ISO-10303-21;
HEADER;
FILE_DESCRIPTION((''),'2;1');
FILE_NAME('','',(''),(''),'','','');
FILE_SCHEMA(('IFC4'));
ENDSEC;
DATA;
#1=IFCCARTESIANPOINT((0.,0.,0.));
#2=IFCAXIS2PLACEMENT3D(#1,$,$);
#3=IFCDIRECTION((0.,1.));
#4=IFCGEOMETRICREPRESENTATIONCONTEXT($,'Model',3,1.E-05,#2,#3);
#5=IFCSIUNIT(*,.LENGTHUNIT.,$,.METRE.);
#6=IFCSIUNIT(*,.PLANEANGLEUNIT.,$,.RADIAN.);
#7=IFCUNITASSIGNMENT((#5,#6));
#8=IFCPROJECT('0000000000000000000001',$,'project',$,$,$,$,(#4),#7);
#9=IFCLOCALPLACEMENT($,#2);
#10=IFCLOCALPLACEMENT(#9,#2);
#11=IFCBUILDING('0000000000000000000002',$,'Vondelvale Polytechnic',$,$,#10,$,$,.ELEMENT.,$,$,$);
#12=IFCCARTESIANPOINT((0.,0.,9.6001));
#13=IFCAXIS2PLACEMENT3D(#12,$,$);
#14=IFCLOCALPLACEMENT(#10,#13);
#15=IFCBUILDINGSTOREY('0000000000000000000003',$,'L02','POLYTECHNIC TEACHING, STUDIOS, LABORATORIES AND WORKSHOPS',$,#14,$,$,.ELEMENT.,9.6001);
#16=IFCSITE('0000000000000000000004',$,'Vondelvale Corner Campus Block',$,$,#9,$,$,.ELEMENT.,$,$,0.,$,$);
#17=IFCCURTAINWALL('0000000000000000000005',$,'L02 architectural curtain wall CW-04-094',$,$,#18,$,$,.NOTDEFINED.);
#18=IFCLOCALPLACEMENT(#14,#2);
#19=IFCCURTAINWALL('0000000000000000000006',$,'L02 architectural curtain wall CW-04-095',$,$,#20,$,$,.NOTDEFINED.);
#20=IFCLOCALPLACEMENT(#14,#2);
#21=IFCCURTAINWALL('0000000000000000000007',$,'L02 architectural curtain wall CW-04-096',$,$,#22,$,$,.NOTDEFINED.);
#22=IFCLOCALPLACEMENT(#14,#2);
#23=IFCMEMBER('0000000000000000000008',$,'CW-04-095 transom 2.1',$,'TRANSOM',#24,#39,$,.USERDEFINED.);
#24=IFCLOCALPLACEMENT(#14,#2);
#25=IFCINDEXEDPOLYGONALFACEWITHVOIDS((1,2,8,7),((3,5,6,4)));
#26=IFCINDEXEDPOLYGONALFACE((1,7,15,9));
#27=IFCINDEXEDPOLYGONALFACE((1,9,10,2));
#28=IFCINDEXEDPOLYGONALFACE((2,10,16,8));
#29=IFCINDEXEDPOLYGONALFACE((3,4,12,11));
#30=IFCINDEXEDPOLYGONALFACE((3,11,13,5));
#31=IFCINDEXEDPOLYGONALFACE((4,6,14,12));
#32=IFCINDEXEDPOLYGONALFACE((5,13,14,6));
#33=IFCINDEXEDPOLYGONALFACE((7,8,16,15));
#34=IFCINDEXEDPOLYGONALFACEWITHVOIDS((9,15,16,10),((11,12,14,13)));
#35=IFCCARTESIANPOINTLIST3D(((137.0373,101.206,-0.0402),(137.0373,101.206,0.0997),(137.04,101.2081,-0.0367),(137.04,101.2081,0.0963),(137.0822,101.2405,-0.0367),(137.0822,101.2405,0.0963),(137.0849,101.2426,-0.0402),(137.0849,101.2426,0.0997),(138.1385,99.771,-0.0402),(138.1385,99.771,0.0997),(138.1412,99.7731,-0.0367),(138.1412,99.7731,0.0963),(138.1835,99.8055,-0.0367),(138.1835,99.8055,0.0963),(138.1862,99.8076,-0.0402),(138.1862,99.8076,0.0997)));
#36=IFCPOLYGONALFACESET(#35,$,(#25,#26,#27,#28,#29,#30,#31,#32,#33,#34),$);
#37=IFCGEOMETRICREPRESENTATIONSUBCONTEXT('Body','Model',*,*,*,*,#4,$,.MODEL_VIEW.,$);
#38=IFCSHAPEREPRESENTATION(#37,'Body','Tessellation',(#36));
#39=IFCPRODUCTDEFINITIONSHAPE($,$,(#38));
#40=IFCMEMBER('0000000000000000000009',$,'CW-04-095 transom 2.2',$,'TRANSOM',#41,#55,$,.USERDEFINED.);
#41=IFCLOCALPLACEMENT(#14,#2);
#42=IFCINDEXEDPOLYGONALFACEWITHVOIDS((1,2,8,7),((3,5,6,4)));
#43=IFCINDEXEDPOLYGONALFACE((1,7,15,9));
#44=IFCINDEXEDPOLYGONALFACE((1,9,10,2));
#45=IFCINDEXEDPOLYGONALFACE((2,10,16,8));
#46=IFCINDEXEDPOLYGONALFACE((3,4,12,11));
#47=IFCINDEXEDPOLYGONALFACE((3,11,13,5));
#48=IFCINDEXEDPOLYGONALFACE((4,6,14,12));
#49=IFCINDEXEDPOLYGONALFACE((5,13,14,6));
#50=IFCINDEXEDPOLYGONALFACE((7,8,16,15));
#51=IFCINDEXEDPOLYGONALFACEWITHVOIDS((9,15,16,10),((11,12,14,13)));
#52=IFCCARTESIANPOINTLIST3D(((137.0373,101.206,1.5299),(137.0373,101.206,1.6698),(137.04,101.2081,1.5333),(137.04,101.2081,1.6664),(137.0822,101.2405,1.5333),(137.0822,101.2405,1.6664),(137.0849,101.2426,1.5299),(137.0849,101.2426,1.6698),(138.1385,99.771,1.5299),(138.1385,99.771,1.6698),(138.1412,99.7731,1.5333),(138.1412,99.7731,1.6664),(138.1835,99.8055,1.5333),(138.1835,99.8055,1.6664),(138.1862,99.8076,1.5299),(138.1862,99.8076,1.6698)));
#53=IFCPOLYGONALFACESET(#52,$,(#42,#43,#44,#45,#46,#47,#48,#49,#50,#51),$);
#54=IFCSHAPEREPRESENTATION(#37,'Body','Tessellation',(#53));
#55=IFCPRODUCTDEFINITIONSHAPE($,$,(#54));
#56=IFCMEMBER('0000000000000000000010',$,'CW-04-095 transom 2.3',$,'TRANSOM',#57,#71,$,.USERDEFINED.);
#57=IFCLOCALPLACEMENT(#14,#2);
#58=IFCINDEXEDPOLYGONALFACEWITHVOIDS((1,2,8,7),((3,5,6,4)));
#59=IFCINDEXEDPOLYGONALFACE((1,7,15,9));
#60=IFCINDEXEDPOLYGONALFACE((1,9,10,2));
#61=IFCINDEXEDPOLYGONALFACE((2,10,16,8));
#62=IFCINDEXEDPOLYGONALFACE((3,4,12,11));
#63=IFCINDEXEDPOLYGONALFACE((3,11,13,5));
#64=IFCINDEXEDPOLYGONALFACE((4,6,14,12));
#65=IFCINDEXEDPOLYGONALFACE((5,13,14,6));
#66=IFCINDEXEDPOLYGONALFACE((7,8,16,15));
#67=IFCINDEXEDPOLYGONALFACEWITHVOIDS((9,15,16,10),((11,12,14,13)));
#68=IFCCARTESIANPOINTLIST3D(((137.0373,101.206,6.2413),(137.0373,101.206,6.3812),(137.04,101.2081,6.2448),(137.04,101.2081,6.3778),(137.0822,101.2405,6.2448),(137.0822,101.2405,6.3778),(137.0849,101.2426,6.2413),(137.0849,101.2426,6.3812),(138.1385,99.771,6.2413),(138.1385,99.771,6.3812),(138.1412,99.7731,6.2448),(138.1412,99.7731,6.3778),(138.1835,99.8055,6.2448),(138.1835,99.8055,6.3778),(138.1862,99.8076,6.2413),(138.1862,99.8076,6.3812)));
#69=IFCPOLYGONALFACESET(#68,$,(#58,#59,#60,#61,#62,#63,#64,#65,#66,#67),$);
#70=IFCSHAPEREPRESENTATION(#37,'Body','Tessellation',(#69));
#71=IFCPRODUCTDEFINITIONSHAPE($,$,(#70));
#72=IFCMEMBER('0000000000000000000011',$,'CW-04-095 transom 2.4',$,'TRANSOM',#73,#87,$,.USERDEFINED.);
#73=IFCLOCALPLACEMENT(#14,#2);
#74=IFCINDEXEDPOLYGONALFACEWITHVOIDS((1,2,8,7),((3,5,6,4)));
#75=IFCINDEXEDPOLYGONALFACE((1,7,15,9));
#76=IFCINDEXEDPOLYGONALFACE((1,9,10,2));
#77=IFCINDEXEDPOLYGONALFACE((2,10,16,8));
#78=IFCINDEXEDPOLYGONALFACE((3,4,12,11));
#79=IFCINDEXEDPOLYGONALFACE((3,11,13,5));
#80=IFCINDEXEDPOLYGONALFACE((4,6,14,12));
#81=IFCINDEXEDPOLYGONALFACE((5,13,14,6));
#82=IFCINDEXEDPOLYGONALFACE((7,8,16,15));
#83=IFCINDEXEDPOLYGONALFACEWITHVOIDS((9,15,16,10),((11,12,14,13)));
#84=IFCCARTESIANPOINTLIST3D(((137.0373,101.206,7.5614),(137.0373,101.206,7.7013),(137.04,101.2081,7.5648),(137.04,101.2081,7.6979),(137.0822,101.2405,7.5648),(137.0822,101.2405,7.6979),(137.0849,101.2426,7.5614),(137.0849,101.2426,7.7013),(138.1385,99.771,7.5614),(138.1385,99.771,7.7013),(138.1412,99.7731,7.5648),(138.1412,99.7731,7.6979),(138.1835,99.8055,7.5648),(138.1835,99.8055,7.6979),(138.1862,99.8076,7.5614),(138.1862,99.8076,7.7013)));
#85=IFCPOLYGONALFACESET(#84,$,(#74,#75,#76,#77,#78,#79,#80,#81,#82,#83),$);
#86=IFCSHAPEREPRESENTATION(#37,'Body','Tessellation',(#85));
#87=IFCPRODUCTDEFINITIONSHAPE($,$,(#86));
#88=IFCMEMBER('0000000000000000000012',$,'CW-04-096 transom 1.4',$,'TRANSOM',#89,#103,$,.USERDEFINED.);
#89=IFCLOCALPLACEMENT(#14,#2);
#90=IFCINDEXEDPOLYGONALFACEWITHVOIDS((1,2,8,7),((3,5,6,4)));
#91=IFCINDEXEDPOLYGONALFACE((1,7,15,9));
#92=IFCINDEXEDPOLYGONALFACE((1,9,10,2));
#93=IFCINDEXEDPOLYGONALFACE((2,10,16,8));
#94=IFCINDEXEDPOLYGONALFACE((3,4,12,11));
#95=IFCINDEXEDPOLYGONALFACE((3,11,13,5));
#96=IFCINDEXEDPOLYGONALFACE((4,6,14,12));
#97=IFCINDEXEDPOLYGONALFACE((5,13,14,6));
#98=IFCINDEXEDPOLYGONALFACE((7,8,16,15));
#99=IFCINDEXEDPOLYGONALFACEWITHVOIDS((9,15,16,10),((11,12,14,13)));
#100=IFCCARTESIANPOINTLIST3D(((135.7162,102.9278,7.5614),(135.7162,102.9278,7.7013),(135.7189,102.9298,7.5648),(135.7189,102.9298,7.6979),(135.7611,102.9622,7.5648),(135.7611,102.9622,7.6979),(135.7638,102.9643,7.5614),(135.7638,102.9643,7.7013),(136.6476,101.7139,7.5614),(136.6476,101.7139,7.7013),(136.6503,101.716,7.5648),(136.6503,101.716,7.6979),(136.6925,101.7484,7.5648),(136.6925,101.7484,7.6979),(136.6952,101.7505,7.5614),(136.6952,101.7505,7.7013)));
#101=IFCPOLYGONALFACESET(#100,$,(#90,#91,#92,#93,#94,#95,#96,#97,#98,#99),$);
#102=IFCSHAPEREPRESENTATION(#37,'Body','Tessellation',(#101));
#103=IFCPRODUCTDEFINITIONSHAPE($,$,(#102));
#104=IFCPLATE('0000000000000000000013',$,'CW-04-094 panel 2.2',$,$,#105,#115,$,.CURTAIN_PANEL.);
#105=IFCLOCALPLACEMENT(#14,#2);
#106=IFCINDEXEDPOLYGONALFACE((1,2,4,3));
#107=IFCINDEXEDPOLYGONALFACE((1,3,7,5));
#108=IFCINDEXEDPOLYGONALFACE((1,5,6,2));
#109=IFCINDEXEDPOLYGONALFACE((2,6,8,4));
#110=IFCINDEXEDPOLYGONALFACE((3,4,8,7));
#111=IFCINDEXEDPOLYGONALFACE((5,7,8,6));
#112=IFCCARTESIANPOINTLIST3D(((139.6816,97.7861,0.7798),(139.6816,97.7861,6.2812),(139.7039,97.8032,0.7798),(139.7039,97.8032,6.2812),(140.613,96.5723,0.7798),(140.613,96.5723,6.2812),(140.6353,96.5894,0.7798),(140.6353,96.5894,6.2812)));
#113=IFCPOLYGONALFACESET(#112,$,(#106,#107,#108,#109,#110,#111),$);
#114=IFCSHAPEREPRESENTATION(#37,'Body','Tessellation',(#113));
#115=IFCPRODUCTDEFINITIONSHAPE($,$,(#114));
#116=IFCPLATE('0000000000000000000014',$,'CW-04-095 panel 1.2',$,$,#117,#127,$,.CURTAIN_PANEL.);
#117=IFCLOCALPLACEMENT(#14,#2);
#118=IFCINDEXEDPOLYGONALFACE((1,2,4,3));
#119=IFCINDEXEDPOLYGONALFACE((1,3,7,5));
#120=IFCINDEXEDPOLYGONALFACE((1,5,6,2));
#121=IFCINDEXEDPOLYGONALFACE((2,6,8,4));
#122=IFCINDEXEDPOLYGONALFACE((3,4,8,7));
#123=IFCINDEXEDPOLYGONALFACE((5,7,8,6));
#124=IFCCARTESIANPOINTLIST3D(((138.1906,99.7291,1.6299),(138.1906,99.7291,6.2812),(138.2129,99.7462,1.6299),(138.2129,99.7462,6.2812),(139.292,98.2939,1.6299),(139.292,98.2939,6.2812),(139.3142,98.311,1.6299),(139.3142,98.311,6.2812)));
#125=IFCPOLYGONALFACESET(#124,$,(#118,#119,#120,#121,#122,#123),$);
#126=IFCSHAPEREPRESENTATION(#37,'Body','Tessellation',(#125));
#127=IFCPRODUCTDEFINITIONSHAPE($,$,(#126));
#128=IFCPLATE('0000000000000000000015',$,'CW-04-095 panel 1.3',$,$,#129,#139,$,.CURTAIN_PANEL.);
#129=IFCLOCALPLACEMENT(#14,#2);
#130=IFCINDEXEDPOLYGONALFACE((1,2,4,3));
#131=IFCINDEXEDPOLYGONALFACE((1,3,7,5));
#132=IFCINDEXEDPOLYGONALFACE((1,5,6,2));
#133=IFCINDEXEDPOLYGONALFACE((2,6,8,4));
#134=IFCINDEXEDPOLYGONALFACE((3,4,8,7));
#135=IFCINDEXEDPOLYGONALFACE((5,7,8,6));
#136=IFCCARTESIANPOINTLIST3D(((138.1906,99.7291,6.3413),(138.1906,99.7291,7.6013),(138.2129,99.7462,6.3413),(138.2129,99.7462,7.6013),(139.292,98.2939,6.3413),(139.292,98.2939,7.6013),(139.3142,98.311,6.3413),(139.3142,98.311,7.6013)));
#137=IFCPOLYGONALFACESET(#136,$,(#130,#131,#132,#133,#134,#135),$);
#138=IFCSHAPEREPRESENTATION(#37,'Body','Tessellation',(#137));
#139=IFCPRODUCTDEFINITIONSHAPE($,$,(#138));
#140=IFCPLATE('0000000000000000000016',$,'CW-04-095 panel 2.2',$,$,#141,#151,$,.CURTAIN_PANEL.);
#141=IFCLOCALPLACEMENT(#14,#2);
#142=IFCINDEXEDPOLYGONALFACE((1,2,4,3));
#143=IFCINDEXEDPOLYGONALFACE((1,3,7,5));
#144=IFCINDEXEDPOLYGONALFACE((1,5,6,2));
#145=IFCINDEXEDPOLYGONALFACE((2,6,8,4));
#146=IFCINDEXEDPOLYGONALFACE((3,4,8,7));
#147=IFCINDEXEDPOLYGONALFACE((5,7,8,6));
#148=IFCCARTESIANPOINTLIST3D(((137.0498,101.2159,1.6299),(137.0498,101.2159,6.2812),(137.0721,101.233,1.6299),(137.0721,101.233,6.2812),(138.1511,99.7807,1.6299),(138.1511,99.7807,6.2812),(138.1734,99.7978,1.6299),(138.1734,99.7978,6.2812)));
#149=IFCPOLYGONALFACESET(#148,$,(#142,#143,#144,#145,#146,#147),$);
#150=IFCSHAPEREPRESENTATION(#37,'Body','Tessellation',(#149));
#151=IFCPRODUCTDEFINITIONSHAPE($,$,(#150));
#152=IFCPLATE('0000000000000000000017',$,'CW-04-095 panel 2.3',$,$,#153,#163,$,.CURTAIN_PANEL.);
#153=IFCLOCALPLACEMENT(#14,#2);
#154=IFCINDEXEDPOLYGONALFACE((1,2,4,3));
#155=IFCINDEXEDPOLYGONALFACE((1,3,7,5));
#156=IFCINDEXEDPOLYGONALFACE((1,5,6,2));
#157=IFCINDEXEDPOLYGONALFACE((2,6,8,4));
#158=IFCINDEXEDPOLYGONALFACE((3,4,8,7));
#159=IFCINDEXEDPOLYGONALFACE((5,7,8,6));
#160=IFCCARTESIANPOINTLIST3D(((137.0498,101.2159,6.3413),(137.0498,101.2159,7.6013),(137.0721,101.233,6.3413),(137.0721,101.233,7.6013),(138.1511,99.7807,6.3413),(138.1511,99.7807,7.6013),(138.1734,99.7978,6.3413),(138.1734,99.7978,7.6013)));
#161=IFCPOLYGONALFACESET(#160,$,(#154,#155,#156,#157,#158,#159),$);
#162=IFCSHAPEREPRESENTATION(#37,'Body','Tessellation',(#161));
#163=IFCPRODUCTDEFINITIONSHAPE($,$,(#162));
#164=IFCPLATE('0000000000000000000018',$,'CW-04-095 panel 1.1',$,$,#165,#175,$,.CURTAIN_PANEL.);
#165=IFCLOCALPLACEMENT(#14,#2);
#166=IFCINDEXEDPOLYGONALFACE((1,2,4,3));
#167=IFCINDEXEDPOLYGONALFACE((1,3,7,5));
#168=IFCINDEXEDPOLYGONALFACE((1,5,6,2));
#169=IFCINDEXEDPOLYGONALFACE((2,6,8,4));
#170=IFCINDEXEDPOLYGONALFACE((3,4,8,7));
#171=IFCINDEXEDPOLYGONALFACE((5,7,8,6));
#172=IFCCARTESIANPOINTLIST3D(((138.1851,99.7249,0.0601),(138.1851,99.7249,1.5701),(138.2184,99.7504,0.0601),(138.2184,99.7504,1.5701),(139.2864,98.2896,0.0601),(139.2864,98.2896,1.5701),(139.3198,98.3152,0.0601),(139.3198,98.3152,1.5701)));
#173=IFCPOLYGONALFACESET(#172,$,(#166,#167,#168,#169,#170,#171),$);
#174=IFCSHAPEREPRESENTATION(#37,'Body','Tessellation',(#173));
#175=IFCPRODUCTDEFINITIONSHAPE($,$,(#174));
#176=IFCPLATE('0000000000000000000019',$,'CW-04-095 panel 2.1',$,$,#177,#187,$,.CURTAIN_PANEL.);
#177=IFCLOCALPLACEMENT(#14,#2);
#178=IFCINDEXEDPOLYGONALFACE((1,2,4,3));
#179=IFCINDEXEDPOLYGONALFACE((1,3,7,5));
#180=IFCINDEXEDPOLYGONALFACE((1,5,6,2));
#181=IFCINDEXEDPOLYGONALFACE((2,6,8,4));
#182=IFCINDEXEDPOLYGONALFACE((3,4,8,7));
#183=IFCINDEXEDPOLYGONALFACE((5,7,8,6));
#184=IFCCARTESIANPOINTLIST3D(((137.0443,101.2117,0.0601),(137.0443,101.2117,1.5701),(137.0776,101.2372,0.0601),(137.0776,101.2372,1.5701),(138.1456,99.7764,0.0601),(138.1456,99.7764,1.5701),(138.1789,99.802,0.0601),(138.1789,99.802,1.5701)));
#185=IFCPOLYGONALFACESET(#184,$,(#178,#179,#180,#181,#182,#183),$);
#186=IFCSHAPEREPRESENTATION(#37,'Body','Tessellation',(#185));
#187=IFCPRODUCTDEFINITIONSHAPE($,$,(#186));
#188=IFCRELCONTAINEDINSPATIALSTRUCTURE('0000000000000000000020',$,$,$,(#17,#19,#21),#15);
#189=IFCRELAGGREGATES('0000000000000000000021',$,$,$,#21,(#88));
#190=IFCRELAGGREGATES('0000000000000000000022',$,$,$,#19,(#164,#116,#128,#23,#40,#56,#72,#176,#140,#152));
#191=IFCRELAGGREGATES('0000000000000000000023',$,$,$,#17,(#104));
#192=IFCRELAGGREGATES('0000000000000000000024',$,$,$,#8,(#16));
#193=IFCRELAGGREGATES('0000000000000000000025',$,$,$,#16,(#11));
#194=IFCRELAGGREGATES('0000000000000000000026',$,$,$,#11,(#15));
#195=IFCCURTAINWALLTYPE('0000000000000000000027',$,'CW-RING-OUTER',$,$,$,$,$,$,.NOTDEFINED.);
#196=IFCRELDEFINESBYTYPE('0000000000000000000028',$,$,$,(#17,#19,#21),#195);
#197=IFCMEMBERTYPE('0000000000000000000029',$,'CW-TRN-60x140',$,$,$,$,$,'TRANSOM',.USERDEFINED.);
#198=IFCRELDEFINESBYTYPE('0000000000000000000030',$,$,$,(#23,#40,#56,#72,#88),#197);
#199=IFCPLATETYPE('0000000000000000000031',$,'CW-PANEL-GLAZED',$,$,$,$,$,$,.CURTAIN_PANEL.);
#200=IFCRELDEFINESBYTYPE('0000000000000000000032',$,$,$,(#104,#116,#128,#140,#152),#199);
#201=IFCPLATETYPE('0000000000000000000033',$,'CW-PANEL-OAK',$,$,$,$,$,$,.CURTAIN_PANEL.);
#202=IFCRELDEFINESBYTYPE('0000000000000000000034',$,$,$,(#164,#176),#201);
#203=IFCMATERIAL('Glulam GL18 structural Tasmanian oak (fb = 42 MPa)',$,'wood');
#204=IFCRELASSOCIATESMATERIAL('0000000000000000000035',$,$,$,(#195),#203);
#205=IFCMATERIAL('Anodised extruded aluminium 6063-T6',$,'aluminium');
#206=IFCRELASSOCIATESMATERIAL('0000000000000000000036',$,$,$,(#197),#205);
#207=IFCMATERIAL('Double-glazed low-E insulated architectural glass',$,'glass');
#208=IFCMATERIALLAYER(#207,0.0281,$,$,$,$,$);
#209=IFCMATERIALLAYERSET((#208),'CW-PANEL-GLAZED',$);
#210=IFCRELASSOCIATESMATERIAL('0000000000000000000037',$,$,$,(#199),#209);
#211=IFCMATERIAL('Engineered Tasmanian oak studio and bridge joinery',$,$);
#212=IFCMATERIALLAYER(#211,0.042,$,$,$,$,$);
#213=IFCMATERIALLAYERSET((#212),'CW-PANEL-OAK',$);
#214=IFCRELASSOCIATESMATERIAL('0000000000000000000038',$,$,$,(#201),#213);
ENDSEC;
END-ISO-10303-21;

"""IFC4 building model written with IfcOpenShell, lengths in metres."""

from ifc_helpers import new_model, si_unit, direction, frame, origin, origin_2d, place, context, subcontext, project, spatial, rectangle, hollow_rectangle, extrude, material, layer, layer_set, material_profile, profile_set, type_object, element, aggregate, save


model = new_model("IFC4")

# Units and contexts
model_context = context("Model", 3, precision=1e-05, world=origin(), true_north=direction((0.0, 1.0)))
body_context = subcontext(model_context, "Body", "Model", "MODEL_VIEW")
ifc_project = project(units=[si_unit("LENGTHUNIT", "METRE"), si_unit("PLANEANGLEUNIT", "RADIAN")], contexts=[model_context])

# Site, building, storey
site_placement = place(None, origin())
site = spatial("IfcSite", under=ifc_project, at=site_placement, Name="Vondelvale Corner Campus Block", CompositionType="ELEMENT", RefElevation=0.0)
building_placement = place(site_placement, origin())
building = spatial("IfcBuilding", under=site, at=building_placement, Name="Vondelvale Polytechnic", CompositionType="ELEMENT")
storey_placement = place(building_placement, frame((0.0, 0.0, 9.6001)))
storey = spatial("IfcBuildingStorey", under=building, at=storey_placement, Name="L02", Description="POLYTECHNIC TEACHING, STUDIOS, LABORATORIES AND WORKSHOPS", CompositionType="ELEMENT", Elevation=9.6001)

# Shared definitions
ifc_material_1 = material(Name="Glulam GL18 structural Tasmanian oak (fb = 42 MPa)", Category="wood")

# Curtain wall
curtain_wall_type = type_object("IfcCurtainWallType", Name="CW-RING-OUTER", PredefinedType="NOTDEFINED", material=ifc_material_1)
curtain_wall_1_placement = place(storey_placement, origin())
curtain_wall_1 = element("IfcCurtainWall", 1, at=curtain_wall_1_placement, inside=storey, type_object=curtain_wall_type, Name="L02 architectural curtain wall CW-04-094", PredefinedType="NOTDEFINED")
ifc_material_2 = material(Name="Anodised extruded aluminium 6063-T6", Category="aluminium")

# Curtain wall
curtain_wall_2_placement = place(storey_placement, origin())
curtain_wall_2 = element("IfcCurtainWall", 2, at=curtain_wall_2_placement, inside=storey, type_object=curtain_wall_type, Name="L02 architectural curtain wall CW-04-095", PredefinedType="NOTDEFINED")

# Curtain wall
curtain_wall_3_placement = place(storey_placement, origin())
curtain_wall_3 = element("IfcCurtainWall", 3, at=curtain_wall_3_placement, inside=storey, type_object=curtain_wall_type, Name="L02 architectural curtain wall CW-04-096", PredefinedType="NOTDEFINED")

# Members
ifc_material_profile_1 = material_profile(ifc_material_2, hollow_rectangle(XDim=0.0601, YDim=0.1399, WallThickness=0.0034, at=origin_2d()), Name="CW-TRN-140x60")
ifc_profile_set_1 = profile_set([ifc_material_profile_1], Name="Anodised extruded aluminium 6063-T6")
member_type_1 = type_object("IfcMemberType", Name="CW-TRN-60x140", ElementType="TRANSOM", PredefinedType="USERDEFINED", material=ifc_profile_set_1)
member_1_placement = place(storey_placement, frame((138.1624, 99.7893, 0.0298), z_axis=(-0.608817, 0.793311, 0.0), x_axis=(-0.793311, -0.608817, 0.0)))
member_1 = element("IfcMember", 4, at=member_1_placement, type_object=member_type_1, Name="CW-04-095 transom 2.1", ObjectType="TRANSOM", PredefinedType="USERDEFINED", context=body_context, shape_type="SweptSolid", body=[
    extrude(hollow_rectangle(XDim=0.0601, YDim=0.1399, WallThickness=0.0034, at=origin_2d()), origin(), (0.0, 0.0, 1.0), 1.8088),
])
member_2_placement = place(storey_placement, frame((138.1624, 99.7893, 1.5999), z_axis=(-0.608817, 0.793311, 0.0), x_axis=(-0.793311, -0.608817, 0.0)))
member_2 = element("IfcMember", 5, at=member_2_placement, type_object=member_type_1, Name="CW-04-095 transom 2.2", ObjectType="TRANSOM", PredefinedType="USERDEFINED", context=body_context, shape_type="SweptSolid", body=[
    extrude(hollow_rectangle(XDim=0.0601, YDim=0.1399, WallThickness=0.0034, at=origin_2d()), origin(), (0.0, 0.0, 1.0), 1.8088),
])
member_3_placement = place(storey_placement, frame((138.1624, 99.7893, 6.3113), z_axis=(-0.608817, 0.793311, 0.0), x_axis=(-0.793311, -0.608817, 0.0)))
member_3 = element("IfcMember", 6, at=member_3_placement, type_object=member_type_1, Name="CW-04-095 transom 2.3", ObjectType="TRANSOM", PredefinedType="USERDEFINED", context=body_context, shape_type="SweptSolid", body=[
    extrude(hollow_rectangle(XDim=0.0601, YDim=0.1399, WallThickness=0.0034, at=origin_2d()), origin(), (0.0, 0.0, 1.0), 1.8088),
])
member_4_placement = place(storey_placement, frame((138.1624, 99.7893, 7.6313), z_axis=(-0.608817, 0.793311, 0.0), x_axis=(-0.793311, -0.608817, 0.0)))
member_4 = element("IfcMember", 7, at=member_4_placement, type_object=member_type_1, Name="CW-04-095 transom 2.4", ObjectType="TRANSOM", PredefinedType="USERDEFINED", context=body_context, shape_type="SweptSolid", body=[
    extrude(hollow_rectangle(XDim=0.0601, YDim=0.1399, WallThickness=0.0034, at=origin_2d()), origin(), (0.0, 0.0, 1.0), 1.8088),
])
member_5_placement = place(storey_placement, frame((136.6714, 101.7322, 7.6313), z_axis=(-0.608746, 0.793365, 0.0), x_axis=(-0.793365, -0.608746, 0.0)))
member_5 = element("IfcMember", 8, at=member_5_placement, type_object=member_type_1, Name="CW-04-096 transom 1.4", ObjectType="TRANSOM", PredefinedType="USERDEFINED", context=body_context, shape_type="SweptSolid", body=[
    extrude(hollow_rectangle(XDim=0.0601, YDim=0.1399, WallThickness=0.0034, at=origin_2d()), origin(), (0.0, 0.0, 1.0), 1.53),
])
aggregate(curtain_wall_3, [member_5])

# Plates
ifc_material_3 = material(Name="Double-glazed low-E insulated architectural glass", Category="glass")
ifc_layer_1 = layer(ifc_material_3, 0.0281)
ifc_layer_set_1 = layer_set([ifc_layer_1], Name="CW-PANEL-GLAZED")
plate_type_1 = type_object("IfcPlateType", Name="CW-PANEL-GLAZED", PredefinedType="CURTAIN_PANEL", material=ifc_layer_set_1)
plate_1_placement = place(storey_placement, frame((140.1584, 97.1877, 0.7798), z_axis=(0.0, 0.0, 1.0), x_axis=(-0.608787, 0.793334, 0.0)))
plate_1 = element("IfcPlate", 9, at=plate_1_placement, type_object=plate_type_1, Name="CW-04-094 panel 2.2", PredefinedType="CURTAIN_PANEL", context=body_context, shape_type="SweptSolid", body=[
    extrude(rectangle(XDim=1.53, YDim=0.0281, at=origin_2d()), origin(), (0.0, 0.0, 1.0), 5.5015),
])
plate_2_placement = place(storey_placement, frame((138.7524, 99.02, 1.6299), z_axis=(0.0, 0.0, 1.0), x_axis=(-0.608771, 0.793346, 0.0)))
plate_2 = element("IfcPlate", 10, at=plate_2_placement, type_object=plate_type_1, Name="CW-04-095 panel 1.2", PredefinedType="CURTAIN_PANEL", context=body_context, shape_type="SweptSolid", body=[
    extrude(rectangle(XDim=1.8091, YDim=0.0281, at=origin_2d()), origin(), (0.0, 0.0, 1.0), 4.6514),
])
plate_3_placement = place(storey_placement, frame((138.7524, 99.02, 6.3413), z_axis=(0.0, 0.0, 1.0), x_axis=(-0.608771, 0.793346, 0.0)))
plate_3 = element("IfcPlate", 11, at=plate_3_placement, type_object=plate_type_1, Name="CW-04-095 panel 1.3", PredefinedType="CURTAIN_PANEL", context=body_context, shape_type="SweptSolid", body=[
    extrude(rectangle(XDim=1.8091, YDim=0.0281, at=origin_2d()), origin(), (0.0, 0.0, 1.0), 1.26),
])
plate_4_placement = place(storey_placement, frame((137.6116, 100.5068, 1.6299), z_axis=(0.0, 0.0, 1.0), x_axis=(-0.608771, 0.793346, 0.0)))
plate_4 = element("IfcPlate", 12, at=plate_4_placement, type_object=plate_type_1, Name="CW-04-095 panel 2.2", PredefinedType="CURTAIN_PANEL", context=body_context, shape_type="SweptSolid", body=[
    extrude(rectangle(XDim=1.8091, YDim=0.0281, at=origin_2d()), origin(), (0.0, 0.0, 1.0), 4.6514),
])
plate_5_placement = place(storey_placement, frame((137.6116, 100.5068, 6.3413), z_axis=(0.0, 0.0, 1.0), x_axis=(-0.608771, 0.793346, 0.0)))
plate_5 = element("IfcPlate", 13, at=plate_5_placement, type_object=plate_type_1, Name="CW-04-095 panel 2.3", PredefinedType="CURTAIN_PANEL", context=body_context, shape_type="SweptSolid", body=[
    extrude(rectangle(XDim=1.8091, YDim=0.0281, at=origin_2d()), origin(), (0.0, 0.0, 1.0), 1.26),
])
ifc_material_4 = material(Name="Engineered Tasmanian oak studio and bridge joinery")
ifc_layer_2 = layer(ifc_material_4, 0.042)
ifc_layer_set_2 = layer_set([ifc_layer_2], Name="CW-PANEL-OAK")
plate_type_2 = type_object("IfcPlateType", Name="CW-PANEL-OAK", PredefinedType="CURTAIN_PANEL", material=ifc_layer_set_2)
plate_6_placement = place(storey_placement, frame((138.7524, 99.02, 0.0601), z_axis=(0.0, 0.0, 1.0), x_axis=(-0.608771, 0.793346, 0.0)))
plate_6 = element("IfcPlate", 14, at=plate_6_placement, type_object=plate_type_2, Name="CW-04-095 panel 1.1", PredefinedType="CURTAIN_PANEL", context=body_context, shape_type="SweptSolid", body=[
    extrude(rectangle(XDim=1.8091, YDim=0.042, at=origin_2d()), origin(), (0.0, 0.0, 1.0), 1.51),
])
plate_7_placement = place(storey_placement, frame((137.6116, 100.5068, 0.0601), z_axis=(0.0, 0.0, 1.0), x_axis=(-0.608771, 0.793346, 0.0)))
plate_7 = element("IfcPlate", 15, at=plate_7_placement, type_object=plate_type_2, Name="CW-04-095 panel 2.1", PredefinedType="CURTAIN_PANEL", context=body_context, shape_type="SweptSolid", body=[
    extrude(rectangle(XDim=1.8091, YDim=0.042, at=origin_2d()), origin(), (0.0, 0.0, 1.0), 1.51),
])
aggregate(curtain_wall_2, [plate_6, plate_2, plate_3, member_1, member_2, member_3, member_4, plate_7, plate_4, plate_5])
aggregate(curtain_wall_1, [plate_1])

save(model, "model.ifc")
